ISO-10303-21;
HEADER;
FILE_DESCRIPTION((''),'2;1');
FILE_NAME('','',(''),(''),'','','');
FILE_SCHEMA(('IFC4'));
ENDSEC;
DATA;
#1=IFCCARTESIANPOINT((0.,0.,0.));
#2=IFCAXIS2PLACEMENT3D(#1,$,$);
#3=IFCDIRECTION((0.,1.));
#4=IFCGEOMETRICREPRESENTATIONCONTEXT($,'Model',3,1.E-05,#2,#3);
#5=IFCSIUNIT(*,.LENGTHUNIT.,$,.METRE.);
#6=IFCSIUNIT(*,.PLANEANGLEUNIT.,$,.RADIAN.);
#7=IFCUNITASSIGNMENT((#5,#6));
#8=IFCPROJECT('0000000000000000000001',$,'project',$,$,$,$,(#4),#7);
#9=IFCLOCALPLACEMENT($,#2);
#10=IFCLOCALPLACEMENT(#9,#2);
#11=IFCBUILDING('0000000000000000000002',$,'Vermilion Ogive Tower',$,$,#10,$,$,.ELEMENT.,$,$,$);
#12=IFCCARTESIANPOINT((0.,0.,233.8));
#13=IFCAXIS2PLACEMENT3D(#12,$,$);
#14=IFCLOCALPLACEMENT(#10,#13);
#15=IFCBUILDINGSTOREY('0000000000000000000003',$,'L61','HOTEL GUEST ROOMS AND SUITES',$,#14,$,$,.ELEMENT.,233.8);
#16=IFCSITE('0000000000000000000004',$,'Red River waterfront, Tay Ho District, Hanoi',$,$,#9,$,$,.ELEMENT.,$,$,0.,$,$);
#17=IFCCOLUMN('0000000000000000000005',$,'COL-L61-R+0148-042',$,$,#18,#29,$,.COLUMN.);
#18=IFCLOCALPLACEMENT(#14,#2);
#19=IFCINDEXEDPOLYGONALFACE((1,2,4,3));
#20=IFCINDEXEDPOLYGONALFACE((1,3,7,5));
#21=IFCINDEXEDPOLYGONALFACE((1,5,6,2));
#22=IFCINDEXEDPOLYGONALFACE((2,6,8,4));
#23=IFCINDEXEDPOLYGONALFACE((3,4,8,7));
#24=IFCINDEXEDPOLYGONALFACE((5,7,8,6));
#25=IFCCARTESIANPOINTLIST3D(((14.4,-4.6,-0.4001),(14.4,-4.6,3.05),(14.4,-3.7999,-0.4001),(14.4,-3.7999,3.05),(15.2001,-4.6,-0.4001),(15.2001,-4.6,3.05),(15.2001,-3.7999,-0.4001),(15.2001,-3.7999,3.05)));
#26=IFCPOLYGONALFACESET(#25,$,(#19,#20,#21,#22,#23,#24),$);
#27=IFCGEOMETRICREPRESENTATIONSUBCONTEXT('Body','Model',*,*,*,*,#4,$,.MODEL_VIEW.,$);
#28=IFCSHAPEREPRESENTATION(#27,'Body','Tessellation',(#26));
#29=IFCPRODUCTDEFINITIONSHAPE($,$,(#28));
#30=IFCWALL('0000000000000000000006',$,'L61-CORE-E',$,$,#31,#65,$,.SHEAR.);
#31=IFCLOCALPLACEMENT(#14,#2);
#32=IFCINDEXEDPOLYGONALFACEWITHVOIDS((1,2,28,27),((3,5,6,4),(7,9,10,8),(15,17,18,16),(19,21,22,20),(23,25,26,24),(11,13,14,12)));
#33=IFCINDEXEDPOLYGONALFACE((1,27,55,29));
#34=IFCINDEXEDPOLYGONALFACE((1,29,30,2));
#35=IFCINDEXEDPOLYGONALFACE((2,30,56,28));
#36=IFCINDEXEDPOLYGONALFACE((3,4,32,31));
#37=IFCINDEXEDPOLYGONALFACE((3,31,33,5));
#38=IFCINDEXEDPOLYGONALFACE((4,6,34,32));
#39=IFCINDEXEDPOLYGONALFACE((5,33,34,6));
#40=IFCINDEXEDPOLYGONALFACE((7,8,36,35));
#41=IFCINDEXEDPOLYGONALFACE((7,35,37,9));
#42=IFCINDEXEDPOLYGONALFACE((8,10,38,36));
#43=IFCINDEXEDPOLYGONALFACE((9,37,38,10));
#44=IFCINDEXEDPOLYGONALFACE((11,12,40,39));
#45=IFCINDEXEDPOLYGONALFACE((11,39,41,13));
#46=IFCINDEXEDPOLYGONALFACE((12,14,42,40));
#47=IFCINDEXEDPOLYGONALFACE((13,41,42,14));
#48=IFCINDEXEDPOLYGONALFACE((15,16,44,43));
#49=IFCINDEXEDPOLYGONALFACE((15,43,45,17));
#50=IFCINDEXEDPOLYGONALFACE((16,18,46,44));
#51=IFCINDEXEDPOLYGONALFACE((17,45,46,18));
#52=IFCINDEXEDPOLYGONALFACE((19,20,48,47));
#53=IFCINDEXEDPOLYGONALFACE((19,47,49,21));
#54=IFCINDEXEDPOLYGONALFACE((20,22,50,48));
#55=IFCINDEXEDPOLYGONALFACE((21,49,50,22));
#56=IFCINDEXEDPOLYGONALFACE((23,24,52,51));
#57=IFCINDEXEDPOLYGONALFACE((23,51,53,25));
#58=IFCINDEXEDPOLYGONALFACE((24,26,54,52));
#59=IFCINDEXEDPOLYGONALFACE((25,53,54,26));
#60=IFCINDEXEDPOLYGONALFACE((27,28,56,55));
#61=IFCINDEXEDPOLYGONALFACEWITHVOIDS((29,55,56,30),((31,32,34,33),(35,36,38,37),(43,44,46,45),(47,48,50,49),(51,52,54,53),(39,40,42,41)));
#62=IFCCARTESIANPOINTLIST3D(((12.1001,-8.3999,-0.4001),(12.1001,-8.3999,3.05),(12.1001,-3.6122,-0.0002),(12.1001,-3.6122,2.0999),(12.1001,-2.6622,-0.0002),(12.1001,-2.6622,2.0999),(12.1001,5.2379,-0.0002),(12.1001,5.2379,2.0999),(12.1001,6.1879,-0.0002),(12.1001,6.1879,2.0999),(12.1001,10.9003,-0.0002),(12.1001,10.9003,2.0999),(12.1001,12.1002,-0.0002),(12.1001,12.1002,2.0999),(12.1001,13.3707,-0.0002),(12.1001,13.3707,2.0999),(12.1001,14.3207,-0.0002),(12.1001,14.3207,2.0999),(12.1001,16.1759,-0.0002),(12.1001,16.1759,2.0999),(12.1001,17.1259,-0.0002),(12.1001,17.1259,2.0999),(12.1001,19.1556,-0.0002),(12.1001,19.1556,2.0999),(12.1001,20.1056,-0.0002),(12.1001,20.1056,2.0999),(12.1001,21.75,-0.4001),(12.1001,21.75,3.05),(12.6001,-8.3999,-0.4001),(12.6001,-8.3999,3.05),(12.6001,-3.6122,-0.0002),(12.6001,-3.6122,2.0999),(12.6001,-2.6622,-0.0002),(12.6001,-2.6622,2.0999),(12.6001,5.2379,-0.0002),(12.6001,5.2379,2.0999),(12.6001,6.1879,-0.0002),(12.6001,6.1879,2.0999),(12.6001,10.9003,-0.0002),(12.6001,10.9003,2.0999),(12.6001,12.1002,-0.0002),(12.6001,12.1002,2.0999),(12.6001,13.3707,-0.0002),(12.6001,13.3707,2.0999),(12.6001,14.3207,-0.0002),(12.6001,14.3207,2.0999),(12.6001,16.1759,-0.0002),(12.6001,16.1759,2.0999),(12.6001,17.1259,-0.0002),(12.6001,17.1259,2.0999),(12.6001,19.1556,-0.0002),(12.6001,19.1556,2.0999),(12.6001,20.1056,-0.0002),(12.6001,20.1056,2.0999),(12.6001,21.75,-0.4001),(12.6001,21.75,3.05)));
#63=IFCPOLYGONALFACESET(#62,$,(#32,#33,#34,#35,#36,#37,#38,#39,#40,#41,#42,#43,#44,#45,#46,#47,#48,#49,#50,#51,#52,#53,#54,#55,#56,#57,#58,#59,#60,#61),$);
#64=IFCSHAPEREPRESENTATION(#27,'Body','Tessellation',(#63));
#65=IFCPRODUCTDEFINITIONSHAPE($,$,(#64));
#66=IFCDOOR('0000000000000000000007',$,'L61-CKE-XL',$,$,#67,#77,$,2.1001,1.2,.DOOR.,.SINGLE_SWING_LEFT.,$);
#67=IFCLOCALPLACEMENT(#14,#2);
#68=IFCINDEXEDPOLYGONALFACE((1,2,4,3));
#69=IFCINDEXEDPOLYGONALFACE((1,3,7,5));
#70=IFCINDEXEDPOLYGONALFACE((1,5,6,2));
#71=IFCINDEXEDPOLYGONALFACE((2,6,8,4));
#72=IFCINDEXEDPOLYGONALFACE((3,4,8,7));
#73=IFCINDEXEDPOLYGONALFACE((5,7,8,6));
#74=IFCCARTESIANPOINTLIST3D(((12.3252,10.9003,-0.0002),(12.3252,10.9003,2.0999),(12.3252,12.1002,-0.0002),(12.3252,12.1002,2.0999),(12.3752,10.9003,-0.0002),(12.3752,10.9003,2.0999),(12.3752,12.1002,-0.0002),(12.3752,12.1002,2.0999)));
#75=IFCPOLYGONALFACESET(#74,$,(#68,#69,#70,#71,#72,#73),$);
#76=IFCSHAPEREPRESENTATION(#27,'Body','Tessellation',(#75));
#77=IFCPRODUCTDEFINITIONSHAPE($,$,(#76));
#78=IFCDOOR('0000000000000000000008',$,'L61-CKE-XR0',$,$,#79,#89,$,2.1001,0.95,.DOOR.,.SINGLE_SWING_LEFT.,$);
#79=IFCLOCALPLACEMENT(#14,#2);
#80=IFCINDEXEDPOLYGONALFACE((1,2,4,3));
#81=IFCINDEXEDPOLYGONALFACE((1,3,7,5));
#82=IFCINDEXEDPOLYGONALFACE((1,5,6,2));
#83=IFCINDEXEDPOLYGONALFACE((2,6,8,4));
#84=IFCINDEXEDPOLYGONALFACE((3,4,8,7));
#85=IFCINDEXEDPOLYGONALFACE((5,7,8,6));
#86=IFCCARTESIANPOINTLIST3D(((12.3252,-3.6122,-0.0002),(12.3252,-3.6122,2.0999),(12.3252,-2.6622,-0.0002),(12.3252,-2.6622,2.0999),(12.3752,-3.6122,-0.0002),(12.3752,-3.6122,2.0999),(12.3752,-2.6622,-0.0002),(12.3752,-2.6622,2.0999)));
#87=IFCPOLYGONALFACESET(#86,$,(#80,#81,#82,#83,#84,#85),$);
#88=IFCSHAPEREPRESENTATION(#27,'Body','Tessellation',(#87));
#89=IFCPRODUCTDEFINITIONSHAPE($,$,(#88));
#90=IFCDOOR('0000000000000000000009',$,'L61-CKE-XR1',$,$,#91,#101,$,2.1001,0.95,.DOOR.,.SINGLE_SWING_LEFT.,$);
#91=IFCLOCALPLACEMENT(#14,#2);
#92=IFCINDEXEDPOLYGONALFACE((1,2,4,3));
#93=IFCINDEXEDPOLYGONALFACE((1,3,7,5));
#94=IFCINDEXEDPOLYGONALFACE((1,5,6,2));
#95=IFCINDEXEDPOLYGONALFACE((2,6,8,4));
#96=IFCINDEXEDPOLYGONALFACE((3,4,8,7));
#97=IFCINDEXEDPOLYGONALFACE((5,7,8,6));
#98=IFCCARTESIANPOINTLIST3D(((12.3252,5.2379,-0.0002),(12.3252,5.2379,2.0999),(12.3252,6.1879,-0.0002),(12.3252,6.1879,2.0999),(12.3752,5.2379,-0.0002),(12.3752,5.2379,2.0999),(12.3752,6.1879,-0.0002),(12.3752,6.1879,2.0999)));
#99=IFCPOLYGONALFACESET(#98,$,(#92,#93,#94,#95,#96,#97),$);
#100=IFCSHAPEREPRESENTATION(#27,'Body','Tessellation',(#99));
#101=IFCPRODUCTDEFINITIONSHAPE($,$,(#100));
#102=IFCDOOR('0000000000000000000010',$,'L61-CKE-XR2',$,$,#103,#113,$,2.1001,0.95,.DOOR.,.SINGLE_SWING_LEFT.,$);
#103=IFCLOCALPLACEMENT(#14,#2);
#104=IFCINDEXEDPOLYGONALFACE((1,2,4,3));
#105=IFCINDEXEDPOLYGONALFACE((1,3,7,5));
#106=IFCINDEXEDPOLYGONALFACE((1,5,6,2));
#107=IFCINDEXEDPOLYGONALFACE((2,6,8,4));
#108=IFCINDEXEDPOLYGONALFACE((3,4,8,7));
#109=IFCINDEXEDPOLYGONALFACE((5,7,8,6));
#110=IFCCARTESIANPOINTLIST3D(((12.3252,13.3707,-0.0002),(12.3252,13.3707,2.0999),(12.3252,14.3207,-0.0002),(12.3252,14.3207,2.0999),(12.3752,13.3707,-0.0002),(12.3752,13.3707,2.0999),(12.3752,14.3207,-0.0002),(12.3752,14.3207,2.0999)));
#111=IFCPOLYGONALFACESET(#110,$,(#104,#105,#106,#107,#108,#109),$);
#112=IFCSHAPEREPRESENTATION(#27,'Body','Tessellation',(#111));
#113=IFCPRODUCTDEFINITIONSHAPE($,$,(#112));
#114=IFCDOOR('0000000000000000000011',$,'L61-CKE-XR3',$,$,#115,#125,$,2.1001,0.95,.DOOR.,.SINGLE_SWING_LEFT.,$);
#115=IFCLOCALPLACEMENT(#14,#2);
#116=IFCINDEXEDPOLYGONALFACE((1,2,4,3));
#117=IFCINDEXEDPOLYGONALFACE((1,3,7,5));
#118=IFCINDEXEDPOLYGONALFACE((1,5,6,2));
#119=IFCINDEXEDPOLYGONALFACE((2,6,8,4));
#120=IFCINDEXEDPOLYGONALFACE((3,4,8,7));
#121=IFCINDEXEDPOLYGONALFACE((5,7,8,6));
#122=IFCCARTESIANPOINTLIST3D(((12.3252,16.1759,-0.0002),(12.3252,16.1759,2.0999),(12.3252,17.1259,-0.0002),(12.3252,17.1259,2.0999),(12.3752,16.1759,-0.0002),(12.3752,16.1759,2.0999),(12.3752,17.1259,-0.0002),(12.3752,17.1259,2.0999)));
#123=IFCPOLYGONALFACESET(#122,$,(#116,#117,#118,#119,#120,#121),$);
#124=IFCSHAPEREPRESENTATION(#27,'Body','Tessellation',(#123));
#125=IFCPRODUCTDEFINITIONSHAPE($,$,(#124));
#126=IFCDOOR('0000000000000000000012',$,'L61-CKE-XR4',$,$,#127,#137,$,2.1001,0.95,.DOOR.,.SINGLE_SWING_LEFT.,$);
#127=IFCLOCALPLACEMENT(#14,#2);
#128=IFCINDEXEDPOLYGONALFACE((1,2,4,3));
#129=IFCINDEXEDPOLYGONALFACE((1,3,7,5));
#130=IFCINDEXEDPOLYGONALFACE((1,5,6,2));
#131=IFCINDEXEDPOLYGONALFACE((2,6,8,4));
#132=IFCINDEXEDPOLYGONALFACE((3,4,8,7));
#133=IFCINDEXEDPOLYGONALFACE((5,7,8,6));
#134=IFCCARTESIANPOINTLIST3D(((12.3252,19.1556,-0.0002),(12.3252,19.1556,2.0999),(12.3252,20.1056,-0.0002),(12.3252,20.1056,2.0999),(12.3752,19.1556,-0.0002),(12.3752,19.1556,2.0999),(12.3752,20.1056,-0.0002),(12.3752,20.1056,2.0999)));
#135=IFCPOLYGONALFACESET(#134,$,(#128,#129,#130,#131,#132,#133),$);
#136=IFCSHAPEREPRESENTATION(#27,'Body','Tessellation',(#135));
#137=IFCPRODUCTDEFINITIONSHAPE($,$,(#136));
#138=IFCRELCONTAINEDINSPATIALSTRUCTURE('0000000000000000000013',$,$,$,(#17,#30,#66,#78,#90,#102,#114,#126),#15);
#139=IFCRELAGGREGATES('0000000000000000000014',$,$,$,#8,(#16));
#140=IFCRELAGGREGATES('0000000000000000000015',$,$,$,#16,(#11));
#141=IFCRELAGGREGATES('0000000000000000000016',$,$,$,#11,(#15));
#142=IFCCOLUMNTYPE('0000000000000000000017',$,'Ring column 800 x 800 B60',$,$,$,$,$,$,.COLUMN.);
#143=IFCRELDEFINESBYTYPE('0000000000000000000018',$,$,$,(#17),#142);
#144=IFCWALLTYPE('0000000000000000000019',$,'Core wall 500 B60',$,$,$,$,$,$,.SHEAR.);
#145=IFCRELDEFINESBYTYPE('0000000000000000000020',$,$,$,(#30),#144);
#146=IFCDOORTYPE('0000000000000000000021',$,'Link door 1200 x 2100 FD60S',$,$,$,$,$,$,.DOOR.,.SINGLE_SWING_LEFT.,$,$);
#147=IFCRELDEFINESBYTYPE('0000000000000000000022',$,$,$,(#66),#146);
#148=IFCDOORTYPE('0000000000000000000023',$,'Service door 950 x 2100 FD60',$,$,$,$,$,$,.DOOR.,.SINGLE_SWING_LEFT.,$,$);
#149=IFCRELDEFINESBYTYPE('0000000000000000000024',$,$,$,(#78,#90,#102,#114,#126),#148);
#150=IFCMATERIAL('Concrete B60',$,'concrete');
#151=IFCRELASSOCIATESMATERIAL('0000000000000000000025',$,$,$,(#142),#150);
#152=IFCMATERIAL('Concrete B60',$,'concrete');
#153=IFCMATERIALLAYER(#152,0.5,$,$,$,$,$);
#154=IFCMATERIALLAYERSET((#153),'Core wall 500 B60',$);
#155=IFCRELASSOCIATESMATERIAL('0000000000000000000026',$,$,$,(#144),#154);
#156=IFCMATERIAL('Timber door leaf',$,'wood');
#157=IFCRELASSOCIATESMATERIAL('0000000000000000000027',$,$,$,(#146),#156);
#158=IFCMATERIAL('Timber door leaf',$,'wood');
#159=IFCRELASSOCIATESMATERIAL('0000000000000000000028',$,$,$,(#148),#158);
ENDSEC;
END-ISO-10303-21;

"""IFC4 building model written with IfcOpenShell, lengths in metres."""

from ifc_helpers import new_model, si_unit, direction, frame, frame_2d, origin, origin_2d, place, context, subcontext, project, spatial, rectangle, extrude, material, layer, layer_set, material_profile, profile_set, type_object, element, fill, save


model = new_model("IFC4")

# Units and contexts
model_context = context("Model", 3, precision=1e-05, world=origin(), true_north=direction((0.0, 1.0)))
body_context = subcontext(model_context, "Body", "Model", "MODEL_VIEW")
ifc_project = project(units=[si_unit("LENGTHUNIT", "METRE"), si_unit("PLANEANGLEUNIT", "RADIAN")], contexts=[model_context])

# Site, building, storey
site_placement = place(None, origin())
site = spatial("IfcSite", under=ifc_project, at=site_placement, Name="Red River waterfront, Tay Ho District, Hanoi", CompositionType="ELEMENT", RefElevation=0.0)
building_placement = place(site_placement, origin())
building = spatial("IfcBuilding", under=site, at=building_placement, Name="Vermilion Ogive Tower", CompositionType="ELEMENT")
storey_placement = place(building_placement, frame((0.0, 0.0, 233.8)))
storey = spatial("IfcBuildingStorey", under=building, at=storey_placement, Name="L61", Description="HOTEL GUEST ROOMS AND SUITES", CompositionType="ELEMENT", Elevation=233.8)

# Column
ifc_material_1 = material(Name="Concrete B60", Category="concrete")
ifc_material_profile = material_profile(ifc_material_1, rectangle(XDim=0.8, YDim=0.8, at=origin_2d()), Name="800 x 800")
ifc_profile_set = profile_set([ifc_material_profile], Name="Concrete B60")
column_type = type_object("IfcColumnType", Name="Ring column 800 x 800 B60", PredefinedType="COLUMN", material=ifc_profile_set)
column_placement = place(storey_placement, frame((14.8, -4.2, -0.4001), z_axis=(0.0, 0.0, 1.0), x_axis=(1.0, 0.0, 0.0)))
element("IfcColumn", 1, at=column_placement, inside=storey, type_object=column_type, Name="COL-L61-R+0148-042", PredefinedType="COLUMN", context=body_context, shape_type="SweptSolid", body=[
    extrude(rectangle(XDim=0.8, YDim=0.8, at=origin_2d()), origin(), (0.0, 0.0, 1.0), 3.4502),
])

# Wall, openings, doors
ifc_material_2 = material(Name="Concrete B60", Category="concrete")
ifc_layer_1 = layer(ifc_material_2, 0.5)
ifc_layer_set_1 = layer_set([ifc_layer_1], Name="Core wall 500 B60")
wall_type_1 = type_object("IfcWallType", Name="Core wall 500 B60", PredefinedType="SHEAR", material=ifc_layer_set_1)
wall_1_placement = place(storey_placement, frame((12.3501, -8.3999, -0.4001), z_axis=(0.0, 0.0, 1.0), x_axis=(0.0, 1.0, 0.0)))
wall_1 = element("IfcWall", 2, at=wall_1_placement, inside=storey, type_object=wall_type_1, Name="L61-CORE-E", PredefinedType="SHEAR", context=body_context, shape_type="SweptSolid", body=[
    extrude(rectangle(XDim=30.1499, YDim=0.5, at=frame_2d((15.075, 0.0))), origin(), (0.0, 0.0, 1.0), 3.4502),
])
opening_1_placement = place(wall_1_placement, frame((4.7876, 0.0, 0.3999)))
opening_1 = element("IfcOpeningElement", 3, at=opening_1_placement, cuts=wall_1, PredefinedType="OPENING", context=body_context, shape_type="SweptSolid", body=[
    extrude(rectangle(XDim=0.95, YDim=2.1001, at=frame_2d((0.4751, 1.05))), frame((0.0, 0.26, 0.0), z_axis=(0.0, -1.0, 0.0), x_axis=(1.0, 0.0, 0.0)), (0.0, 0.0, 1.0), 0.52),
])
opening_2_placement = place(wall_1_placement, frame((13.6377, 0.0, 0.3999)))
opening_2 = element("IfcOpeningElement", 4, at=opening_2_placement, cuts=wall_1, PredefinedType="OPENING", context=body_context, shape_type="SweptSolid", body=[
    extrude(rectangle(XDim=0.95, YDim=2.1001, at=frame_2d((0.4751, 1.05))), frame((0.0, 0.26, 0.0), z_axis=(0.0, -1.0, 0.0), x_axis=(1.0, 0.0, 0.0)), (0.0, 0.0, 1.0), 0.52),
])
opening_3_placement = place(wall_1_placement, frame((21.7705, 0.0, 0.3999)))
opening_3 = element("IfcOpeningElement", 5, at=opening_3_placement, cuts=wall_1, PredefinedType="OPENING", context=body_context, shape_type="SweptSolid", body=[
    extrude(rectangle(XDim=0.95, YDim=2.1001, at=frame_2d((0.4751, 1.05))), frame((0.0, 0.26, 0.0), z_axis=(0.0, -1.0, 0.0), x_axis=(1.0, 0.0, 0.0)), (0.0, 0.0, 1.0), 0.52),
])
opening_4_placement = place(wall_1_placement, frame((24.5757, 0.0, 0.3999)))
opening_4 = element("IfcOpeningElement", 6, at=opening_4_placement, cuts=wall_1, PredefinedType="OPENING", context=body_context, shape_type="SweptSolid", body=[
    extrude(rectangle(XDim=0.95, YDim=2.1001, at=frame_2d((0.4751, 1.05))), frame((0.0, 0.26, 0.0), z_axis=(0.0, -1.0, 0.0), x_axis=(1.0, 0.0, 0.0)), (0.0, 0.0, 1.0), 0.52),
])
opening_5_placement = place(wall_1_placement, frame((27.5554, 0.0, 0.3999)))
opening_5 = element("IfcOpeningElement", 7, at=opening_5_placement, cuts=wall_1, PredefinedType="OPENING", context=body_context, shape_type="SweptSolid", body=[
    extrude(rectangle(XDim=0.95, YDim=2.1001, at=frame_2d((0.4751, 1.05))), frame((0.0, 0.26, 0.0), z_axis=(0.0, -1.0, 0.0), x_axis=(1.0, 0.0, 0.0)), (0.0, 0.0, 1.0), 0.52),
])
opening_6_placement = place(wall_1_placement, frame((19.3, 0.0, 0.3999)))
opening_6 = element("IfcOpeningElement", 8, at=opening_6_placement, cuts=wall_1, PredefinedType="OPENING", context=body_context, shape_type="SweptSolid", body=[
    extrude(rectangle(XDim=1.2, YDim=2.1001, at=frame_2d((0.6001, 1.05))), frame((0.0, 0.26, 0.0), z_axis=(0.0, -1.0, 0.0), x_axis=(1.0, 0.0, 0.0)), (0.0, 0.0, 1.0), 0.52),
])
ifc_material_3 = material(Name="Timber door leaf", Category="wood")
door_type_1 = type_object("IfcDoorType", Name="Link door 1200 x 2100 FD60S", OperationType="SINGLE_SWING_LEFT", PredefinedType="DOOR", material=ifc_material_3)
door_1_placement = place(opening_6_placement, origin())
door_1 = element("IfcDoor", 9, at=door_1_placement, inside=storey, type_object=door_type_1, Name="L61-CKE-XL", OperationType="SINGLE_SWING_LEFT", OverallHeight=2.1001, OverallWidth=1.2, PredefinedType="DOOR", context=body_context, shape_type="SweptSolid", body=[
    extrude(rectangle(XDim=1.2, YDim=2.1001, at=frame_2d((0.6001, 1.05))), frame((0.0, 0.0249, 0.0), z_axis=(0.0, -1.0, 0.0), x_axis=(1.0, 0.0, 0.0)), (0.0, 0.0, 1.0), 0.05),
])
fill(opening_6, door_1)
ifc_material_4 = material(Name="Timber door leaf", Category="wood")
door_type_2 = type_object("IfcDoorType", Name="Service door 950 x 2100 FD60", OperationType="SINGLE_SWING_LEFT", PredefinedType="DOOR", material=ifc_material_4)
door_2_placement = place(opening_1_placement, origin())
door_2 = element("IfcDoor", 10, at=door_2_placement, inside=storey, type_object=door_type_2, Name="L61-CKE-XR0", OperationType="SINGLE_SWING_LEFT", OverallHeight=2.1001, OverallWidth=0.95, PredefinedType="DOOR", context=body_context, shape_type="SweptSolid", body=[
    extrude(rectangle(XDim=0.95, YDim=2.1001, at=frame_2d((0.4751, 1.05))), frame((0.0, 0.0249, 0.0), z_axis=(0.0, -1.0, 0.0), x_axis=(1.0, 0.0, 0.0)), (0.0, 0.0, 1.0), 0.05),
])
fill(opening_1, door_2)
door_3_placement = place(opening_2_placement, origin())
door_3 = element("IfcDoor", 11, at=door_3_placement, inside=storey, type_object=door_type_2, Name="L61-CKE-XR1", OperationType="SINGLE_SWING_LEFT", OverallHeight=2.1001, OverallWidth=0.95, PredefinedType="DOOR", context=body_context, shape_type="SweptSolid", body=[
    extrude(rectangle(XDim=0.95, YDim=2.1001, at=frame_2d((0.4751, 1.05))), frame((0.0, 0.0249, 0.0), z_axis=(0.0, -1.0, 0.0), x_axis=(1.0, 0.0, 0.0)), (0.0, 0.0, 1.0), 0.05),
])
fill(opening_2, door_3)
door_4_placement = place(opening_3_placement, origin())
door_4 = element("IfcDoor", 12, at=door_4_placement, inside=storey, type_object=door_type_2, Name="L61-CKE-XR2", OperationType="SINGLE_SWING_LEFT", OverallHeight=2.1001, OverallWidth=0.95, PredefinedType="DOOR", context=body_context, shape_type="SweptSolid", body=[
    extrude(rectangle(XDim=0.95, YDim=2.1001, at=frame_2d((0.4751, 1.05))), frame((0.0, 0.0249, 0.0), z_axis=(0.0, -1.0, 0.0), x_axis=(1.0, 0.0, 0.0)), (0.0, 0.0, 1.0), 0.05),
])
fill(opening_3, door_4)
door_5_placement = place(opening_4_placement, origin())
door_5 = element("IfcDoor", 13, at=door_5_placement, inside=storey, type_object=door_type_2, Name="L61-CKE-XR3", OperationType="SINGLE_SWING_LEFT", OverallHeight=2.1001, OverallWidth=0.95, PredefinedType="DOOR", context=body_context, shape_type="SweptSolid", body=[
    extrude(rectangle(XDim=0.95, YDim=2.1001, at=frame_2d((0.4751, 1.05))), frame((0.0, 0.0249, 0.0), z_axis=(0.0, -1.0, 0.0), x_axis=(1.0, 0.0, 0.0)), (0.0, 0.0, 1.0), 0.05),
])
fill(opening_4, door_5)
door_6_placement = place(opening_5_placement, origin())
door_6 = element("IfcDoor", 14, at=door_6_placement, inside=storey, type_object=door_type_2, Name="L61-CKE-XR4", OperationType="SINGLE_SWING_LEFT", OverallHeight=2.1001, OverallWidth=0.95, PredefinedType="DOOR", context=body_context, shape_type="SweptSolid", body=[
    extrude(rectangle(XDim=0.95, YDim=2.1001, at=frame_2d((0.4751, 1.05))), frame((0.0, 0.0249, 0.0), z_axis=(0.0, -1.0, 0.0), x_axis=(1.0, 0.0, 0.0)), (0.0, 0.0, 1.0), 0.05),
])
fill(opening_5, door_6)

save(model, "model.ifc")
